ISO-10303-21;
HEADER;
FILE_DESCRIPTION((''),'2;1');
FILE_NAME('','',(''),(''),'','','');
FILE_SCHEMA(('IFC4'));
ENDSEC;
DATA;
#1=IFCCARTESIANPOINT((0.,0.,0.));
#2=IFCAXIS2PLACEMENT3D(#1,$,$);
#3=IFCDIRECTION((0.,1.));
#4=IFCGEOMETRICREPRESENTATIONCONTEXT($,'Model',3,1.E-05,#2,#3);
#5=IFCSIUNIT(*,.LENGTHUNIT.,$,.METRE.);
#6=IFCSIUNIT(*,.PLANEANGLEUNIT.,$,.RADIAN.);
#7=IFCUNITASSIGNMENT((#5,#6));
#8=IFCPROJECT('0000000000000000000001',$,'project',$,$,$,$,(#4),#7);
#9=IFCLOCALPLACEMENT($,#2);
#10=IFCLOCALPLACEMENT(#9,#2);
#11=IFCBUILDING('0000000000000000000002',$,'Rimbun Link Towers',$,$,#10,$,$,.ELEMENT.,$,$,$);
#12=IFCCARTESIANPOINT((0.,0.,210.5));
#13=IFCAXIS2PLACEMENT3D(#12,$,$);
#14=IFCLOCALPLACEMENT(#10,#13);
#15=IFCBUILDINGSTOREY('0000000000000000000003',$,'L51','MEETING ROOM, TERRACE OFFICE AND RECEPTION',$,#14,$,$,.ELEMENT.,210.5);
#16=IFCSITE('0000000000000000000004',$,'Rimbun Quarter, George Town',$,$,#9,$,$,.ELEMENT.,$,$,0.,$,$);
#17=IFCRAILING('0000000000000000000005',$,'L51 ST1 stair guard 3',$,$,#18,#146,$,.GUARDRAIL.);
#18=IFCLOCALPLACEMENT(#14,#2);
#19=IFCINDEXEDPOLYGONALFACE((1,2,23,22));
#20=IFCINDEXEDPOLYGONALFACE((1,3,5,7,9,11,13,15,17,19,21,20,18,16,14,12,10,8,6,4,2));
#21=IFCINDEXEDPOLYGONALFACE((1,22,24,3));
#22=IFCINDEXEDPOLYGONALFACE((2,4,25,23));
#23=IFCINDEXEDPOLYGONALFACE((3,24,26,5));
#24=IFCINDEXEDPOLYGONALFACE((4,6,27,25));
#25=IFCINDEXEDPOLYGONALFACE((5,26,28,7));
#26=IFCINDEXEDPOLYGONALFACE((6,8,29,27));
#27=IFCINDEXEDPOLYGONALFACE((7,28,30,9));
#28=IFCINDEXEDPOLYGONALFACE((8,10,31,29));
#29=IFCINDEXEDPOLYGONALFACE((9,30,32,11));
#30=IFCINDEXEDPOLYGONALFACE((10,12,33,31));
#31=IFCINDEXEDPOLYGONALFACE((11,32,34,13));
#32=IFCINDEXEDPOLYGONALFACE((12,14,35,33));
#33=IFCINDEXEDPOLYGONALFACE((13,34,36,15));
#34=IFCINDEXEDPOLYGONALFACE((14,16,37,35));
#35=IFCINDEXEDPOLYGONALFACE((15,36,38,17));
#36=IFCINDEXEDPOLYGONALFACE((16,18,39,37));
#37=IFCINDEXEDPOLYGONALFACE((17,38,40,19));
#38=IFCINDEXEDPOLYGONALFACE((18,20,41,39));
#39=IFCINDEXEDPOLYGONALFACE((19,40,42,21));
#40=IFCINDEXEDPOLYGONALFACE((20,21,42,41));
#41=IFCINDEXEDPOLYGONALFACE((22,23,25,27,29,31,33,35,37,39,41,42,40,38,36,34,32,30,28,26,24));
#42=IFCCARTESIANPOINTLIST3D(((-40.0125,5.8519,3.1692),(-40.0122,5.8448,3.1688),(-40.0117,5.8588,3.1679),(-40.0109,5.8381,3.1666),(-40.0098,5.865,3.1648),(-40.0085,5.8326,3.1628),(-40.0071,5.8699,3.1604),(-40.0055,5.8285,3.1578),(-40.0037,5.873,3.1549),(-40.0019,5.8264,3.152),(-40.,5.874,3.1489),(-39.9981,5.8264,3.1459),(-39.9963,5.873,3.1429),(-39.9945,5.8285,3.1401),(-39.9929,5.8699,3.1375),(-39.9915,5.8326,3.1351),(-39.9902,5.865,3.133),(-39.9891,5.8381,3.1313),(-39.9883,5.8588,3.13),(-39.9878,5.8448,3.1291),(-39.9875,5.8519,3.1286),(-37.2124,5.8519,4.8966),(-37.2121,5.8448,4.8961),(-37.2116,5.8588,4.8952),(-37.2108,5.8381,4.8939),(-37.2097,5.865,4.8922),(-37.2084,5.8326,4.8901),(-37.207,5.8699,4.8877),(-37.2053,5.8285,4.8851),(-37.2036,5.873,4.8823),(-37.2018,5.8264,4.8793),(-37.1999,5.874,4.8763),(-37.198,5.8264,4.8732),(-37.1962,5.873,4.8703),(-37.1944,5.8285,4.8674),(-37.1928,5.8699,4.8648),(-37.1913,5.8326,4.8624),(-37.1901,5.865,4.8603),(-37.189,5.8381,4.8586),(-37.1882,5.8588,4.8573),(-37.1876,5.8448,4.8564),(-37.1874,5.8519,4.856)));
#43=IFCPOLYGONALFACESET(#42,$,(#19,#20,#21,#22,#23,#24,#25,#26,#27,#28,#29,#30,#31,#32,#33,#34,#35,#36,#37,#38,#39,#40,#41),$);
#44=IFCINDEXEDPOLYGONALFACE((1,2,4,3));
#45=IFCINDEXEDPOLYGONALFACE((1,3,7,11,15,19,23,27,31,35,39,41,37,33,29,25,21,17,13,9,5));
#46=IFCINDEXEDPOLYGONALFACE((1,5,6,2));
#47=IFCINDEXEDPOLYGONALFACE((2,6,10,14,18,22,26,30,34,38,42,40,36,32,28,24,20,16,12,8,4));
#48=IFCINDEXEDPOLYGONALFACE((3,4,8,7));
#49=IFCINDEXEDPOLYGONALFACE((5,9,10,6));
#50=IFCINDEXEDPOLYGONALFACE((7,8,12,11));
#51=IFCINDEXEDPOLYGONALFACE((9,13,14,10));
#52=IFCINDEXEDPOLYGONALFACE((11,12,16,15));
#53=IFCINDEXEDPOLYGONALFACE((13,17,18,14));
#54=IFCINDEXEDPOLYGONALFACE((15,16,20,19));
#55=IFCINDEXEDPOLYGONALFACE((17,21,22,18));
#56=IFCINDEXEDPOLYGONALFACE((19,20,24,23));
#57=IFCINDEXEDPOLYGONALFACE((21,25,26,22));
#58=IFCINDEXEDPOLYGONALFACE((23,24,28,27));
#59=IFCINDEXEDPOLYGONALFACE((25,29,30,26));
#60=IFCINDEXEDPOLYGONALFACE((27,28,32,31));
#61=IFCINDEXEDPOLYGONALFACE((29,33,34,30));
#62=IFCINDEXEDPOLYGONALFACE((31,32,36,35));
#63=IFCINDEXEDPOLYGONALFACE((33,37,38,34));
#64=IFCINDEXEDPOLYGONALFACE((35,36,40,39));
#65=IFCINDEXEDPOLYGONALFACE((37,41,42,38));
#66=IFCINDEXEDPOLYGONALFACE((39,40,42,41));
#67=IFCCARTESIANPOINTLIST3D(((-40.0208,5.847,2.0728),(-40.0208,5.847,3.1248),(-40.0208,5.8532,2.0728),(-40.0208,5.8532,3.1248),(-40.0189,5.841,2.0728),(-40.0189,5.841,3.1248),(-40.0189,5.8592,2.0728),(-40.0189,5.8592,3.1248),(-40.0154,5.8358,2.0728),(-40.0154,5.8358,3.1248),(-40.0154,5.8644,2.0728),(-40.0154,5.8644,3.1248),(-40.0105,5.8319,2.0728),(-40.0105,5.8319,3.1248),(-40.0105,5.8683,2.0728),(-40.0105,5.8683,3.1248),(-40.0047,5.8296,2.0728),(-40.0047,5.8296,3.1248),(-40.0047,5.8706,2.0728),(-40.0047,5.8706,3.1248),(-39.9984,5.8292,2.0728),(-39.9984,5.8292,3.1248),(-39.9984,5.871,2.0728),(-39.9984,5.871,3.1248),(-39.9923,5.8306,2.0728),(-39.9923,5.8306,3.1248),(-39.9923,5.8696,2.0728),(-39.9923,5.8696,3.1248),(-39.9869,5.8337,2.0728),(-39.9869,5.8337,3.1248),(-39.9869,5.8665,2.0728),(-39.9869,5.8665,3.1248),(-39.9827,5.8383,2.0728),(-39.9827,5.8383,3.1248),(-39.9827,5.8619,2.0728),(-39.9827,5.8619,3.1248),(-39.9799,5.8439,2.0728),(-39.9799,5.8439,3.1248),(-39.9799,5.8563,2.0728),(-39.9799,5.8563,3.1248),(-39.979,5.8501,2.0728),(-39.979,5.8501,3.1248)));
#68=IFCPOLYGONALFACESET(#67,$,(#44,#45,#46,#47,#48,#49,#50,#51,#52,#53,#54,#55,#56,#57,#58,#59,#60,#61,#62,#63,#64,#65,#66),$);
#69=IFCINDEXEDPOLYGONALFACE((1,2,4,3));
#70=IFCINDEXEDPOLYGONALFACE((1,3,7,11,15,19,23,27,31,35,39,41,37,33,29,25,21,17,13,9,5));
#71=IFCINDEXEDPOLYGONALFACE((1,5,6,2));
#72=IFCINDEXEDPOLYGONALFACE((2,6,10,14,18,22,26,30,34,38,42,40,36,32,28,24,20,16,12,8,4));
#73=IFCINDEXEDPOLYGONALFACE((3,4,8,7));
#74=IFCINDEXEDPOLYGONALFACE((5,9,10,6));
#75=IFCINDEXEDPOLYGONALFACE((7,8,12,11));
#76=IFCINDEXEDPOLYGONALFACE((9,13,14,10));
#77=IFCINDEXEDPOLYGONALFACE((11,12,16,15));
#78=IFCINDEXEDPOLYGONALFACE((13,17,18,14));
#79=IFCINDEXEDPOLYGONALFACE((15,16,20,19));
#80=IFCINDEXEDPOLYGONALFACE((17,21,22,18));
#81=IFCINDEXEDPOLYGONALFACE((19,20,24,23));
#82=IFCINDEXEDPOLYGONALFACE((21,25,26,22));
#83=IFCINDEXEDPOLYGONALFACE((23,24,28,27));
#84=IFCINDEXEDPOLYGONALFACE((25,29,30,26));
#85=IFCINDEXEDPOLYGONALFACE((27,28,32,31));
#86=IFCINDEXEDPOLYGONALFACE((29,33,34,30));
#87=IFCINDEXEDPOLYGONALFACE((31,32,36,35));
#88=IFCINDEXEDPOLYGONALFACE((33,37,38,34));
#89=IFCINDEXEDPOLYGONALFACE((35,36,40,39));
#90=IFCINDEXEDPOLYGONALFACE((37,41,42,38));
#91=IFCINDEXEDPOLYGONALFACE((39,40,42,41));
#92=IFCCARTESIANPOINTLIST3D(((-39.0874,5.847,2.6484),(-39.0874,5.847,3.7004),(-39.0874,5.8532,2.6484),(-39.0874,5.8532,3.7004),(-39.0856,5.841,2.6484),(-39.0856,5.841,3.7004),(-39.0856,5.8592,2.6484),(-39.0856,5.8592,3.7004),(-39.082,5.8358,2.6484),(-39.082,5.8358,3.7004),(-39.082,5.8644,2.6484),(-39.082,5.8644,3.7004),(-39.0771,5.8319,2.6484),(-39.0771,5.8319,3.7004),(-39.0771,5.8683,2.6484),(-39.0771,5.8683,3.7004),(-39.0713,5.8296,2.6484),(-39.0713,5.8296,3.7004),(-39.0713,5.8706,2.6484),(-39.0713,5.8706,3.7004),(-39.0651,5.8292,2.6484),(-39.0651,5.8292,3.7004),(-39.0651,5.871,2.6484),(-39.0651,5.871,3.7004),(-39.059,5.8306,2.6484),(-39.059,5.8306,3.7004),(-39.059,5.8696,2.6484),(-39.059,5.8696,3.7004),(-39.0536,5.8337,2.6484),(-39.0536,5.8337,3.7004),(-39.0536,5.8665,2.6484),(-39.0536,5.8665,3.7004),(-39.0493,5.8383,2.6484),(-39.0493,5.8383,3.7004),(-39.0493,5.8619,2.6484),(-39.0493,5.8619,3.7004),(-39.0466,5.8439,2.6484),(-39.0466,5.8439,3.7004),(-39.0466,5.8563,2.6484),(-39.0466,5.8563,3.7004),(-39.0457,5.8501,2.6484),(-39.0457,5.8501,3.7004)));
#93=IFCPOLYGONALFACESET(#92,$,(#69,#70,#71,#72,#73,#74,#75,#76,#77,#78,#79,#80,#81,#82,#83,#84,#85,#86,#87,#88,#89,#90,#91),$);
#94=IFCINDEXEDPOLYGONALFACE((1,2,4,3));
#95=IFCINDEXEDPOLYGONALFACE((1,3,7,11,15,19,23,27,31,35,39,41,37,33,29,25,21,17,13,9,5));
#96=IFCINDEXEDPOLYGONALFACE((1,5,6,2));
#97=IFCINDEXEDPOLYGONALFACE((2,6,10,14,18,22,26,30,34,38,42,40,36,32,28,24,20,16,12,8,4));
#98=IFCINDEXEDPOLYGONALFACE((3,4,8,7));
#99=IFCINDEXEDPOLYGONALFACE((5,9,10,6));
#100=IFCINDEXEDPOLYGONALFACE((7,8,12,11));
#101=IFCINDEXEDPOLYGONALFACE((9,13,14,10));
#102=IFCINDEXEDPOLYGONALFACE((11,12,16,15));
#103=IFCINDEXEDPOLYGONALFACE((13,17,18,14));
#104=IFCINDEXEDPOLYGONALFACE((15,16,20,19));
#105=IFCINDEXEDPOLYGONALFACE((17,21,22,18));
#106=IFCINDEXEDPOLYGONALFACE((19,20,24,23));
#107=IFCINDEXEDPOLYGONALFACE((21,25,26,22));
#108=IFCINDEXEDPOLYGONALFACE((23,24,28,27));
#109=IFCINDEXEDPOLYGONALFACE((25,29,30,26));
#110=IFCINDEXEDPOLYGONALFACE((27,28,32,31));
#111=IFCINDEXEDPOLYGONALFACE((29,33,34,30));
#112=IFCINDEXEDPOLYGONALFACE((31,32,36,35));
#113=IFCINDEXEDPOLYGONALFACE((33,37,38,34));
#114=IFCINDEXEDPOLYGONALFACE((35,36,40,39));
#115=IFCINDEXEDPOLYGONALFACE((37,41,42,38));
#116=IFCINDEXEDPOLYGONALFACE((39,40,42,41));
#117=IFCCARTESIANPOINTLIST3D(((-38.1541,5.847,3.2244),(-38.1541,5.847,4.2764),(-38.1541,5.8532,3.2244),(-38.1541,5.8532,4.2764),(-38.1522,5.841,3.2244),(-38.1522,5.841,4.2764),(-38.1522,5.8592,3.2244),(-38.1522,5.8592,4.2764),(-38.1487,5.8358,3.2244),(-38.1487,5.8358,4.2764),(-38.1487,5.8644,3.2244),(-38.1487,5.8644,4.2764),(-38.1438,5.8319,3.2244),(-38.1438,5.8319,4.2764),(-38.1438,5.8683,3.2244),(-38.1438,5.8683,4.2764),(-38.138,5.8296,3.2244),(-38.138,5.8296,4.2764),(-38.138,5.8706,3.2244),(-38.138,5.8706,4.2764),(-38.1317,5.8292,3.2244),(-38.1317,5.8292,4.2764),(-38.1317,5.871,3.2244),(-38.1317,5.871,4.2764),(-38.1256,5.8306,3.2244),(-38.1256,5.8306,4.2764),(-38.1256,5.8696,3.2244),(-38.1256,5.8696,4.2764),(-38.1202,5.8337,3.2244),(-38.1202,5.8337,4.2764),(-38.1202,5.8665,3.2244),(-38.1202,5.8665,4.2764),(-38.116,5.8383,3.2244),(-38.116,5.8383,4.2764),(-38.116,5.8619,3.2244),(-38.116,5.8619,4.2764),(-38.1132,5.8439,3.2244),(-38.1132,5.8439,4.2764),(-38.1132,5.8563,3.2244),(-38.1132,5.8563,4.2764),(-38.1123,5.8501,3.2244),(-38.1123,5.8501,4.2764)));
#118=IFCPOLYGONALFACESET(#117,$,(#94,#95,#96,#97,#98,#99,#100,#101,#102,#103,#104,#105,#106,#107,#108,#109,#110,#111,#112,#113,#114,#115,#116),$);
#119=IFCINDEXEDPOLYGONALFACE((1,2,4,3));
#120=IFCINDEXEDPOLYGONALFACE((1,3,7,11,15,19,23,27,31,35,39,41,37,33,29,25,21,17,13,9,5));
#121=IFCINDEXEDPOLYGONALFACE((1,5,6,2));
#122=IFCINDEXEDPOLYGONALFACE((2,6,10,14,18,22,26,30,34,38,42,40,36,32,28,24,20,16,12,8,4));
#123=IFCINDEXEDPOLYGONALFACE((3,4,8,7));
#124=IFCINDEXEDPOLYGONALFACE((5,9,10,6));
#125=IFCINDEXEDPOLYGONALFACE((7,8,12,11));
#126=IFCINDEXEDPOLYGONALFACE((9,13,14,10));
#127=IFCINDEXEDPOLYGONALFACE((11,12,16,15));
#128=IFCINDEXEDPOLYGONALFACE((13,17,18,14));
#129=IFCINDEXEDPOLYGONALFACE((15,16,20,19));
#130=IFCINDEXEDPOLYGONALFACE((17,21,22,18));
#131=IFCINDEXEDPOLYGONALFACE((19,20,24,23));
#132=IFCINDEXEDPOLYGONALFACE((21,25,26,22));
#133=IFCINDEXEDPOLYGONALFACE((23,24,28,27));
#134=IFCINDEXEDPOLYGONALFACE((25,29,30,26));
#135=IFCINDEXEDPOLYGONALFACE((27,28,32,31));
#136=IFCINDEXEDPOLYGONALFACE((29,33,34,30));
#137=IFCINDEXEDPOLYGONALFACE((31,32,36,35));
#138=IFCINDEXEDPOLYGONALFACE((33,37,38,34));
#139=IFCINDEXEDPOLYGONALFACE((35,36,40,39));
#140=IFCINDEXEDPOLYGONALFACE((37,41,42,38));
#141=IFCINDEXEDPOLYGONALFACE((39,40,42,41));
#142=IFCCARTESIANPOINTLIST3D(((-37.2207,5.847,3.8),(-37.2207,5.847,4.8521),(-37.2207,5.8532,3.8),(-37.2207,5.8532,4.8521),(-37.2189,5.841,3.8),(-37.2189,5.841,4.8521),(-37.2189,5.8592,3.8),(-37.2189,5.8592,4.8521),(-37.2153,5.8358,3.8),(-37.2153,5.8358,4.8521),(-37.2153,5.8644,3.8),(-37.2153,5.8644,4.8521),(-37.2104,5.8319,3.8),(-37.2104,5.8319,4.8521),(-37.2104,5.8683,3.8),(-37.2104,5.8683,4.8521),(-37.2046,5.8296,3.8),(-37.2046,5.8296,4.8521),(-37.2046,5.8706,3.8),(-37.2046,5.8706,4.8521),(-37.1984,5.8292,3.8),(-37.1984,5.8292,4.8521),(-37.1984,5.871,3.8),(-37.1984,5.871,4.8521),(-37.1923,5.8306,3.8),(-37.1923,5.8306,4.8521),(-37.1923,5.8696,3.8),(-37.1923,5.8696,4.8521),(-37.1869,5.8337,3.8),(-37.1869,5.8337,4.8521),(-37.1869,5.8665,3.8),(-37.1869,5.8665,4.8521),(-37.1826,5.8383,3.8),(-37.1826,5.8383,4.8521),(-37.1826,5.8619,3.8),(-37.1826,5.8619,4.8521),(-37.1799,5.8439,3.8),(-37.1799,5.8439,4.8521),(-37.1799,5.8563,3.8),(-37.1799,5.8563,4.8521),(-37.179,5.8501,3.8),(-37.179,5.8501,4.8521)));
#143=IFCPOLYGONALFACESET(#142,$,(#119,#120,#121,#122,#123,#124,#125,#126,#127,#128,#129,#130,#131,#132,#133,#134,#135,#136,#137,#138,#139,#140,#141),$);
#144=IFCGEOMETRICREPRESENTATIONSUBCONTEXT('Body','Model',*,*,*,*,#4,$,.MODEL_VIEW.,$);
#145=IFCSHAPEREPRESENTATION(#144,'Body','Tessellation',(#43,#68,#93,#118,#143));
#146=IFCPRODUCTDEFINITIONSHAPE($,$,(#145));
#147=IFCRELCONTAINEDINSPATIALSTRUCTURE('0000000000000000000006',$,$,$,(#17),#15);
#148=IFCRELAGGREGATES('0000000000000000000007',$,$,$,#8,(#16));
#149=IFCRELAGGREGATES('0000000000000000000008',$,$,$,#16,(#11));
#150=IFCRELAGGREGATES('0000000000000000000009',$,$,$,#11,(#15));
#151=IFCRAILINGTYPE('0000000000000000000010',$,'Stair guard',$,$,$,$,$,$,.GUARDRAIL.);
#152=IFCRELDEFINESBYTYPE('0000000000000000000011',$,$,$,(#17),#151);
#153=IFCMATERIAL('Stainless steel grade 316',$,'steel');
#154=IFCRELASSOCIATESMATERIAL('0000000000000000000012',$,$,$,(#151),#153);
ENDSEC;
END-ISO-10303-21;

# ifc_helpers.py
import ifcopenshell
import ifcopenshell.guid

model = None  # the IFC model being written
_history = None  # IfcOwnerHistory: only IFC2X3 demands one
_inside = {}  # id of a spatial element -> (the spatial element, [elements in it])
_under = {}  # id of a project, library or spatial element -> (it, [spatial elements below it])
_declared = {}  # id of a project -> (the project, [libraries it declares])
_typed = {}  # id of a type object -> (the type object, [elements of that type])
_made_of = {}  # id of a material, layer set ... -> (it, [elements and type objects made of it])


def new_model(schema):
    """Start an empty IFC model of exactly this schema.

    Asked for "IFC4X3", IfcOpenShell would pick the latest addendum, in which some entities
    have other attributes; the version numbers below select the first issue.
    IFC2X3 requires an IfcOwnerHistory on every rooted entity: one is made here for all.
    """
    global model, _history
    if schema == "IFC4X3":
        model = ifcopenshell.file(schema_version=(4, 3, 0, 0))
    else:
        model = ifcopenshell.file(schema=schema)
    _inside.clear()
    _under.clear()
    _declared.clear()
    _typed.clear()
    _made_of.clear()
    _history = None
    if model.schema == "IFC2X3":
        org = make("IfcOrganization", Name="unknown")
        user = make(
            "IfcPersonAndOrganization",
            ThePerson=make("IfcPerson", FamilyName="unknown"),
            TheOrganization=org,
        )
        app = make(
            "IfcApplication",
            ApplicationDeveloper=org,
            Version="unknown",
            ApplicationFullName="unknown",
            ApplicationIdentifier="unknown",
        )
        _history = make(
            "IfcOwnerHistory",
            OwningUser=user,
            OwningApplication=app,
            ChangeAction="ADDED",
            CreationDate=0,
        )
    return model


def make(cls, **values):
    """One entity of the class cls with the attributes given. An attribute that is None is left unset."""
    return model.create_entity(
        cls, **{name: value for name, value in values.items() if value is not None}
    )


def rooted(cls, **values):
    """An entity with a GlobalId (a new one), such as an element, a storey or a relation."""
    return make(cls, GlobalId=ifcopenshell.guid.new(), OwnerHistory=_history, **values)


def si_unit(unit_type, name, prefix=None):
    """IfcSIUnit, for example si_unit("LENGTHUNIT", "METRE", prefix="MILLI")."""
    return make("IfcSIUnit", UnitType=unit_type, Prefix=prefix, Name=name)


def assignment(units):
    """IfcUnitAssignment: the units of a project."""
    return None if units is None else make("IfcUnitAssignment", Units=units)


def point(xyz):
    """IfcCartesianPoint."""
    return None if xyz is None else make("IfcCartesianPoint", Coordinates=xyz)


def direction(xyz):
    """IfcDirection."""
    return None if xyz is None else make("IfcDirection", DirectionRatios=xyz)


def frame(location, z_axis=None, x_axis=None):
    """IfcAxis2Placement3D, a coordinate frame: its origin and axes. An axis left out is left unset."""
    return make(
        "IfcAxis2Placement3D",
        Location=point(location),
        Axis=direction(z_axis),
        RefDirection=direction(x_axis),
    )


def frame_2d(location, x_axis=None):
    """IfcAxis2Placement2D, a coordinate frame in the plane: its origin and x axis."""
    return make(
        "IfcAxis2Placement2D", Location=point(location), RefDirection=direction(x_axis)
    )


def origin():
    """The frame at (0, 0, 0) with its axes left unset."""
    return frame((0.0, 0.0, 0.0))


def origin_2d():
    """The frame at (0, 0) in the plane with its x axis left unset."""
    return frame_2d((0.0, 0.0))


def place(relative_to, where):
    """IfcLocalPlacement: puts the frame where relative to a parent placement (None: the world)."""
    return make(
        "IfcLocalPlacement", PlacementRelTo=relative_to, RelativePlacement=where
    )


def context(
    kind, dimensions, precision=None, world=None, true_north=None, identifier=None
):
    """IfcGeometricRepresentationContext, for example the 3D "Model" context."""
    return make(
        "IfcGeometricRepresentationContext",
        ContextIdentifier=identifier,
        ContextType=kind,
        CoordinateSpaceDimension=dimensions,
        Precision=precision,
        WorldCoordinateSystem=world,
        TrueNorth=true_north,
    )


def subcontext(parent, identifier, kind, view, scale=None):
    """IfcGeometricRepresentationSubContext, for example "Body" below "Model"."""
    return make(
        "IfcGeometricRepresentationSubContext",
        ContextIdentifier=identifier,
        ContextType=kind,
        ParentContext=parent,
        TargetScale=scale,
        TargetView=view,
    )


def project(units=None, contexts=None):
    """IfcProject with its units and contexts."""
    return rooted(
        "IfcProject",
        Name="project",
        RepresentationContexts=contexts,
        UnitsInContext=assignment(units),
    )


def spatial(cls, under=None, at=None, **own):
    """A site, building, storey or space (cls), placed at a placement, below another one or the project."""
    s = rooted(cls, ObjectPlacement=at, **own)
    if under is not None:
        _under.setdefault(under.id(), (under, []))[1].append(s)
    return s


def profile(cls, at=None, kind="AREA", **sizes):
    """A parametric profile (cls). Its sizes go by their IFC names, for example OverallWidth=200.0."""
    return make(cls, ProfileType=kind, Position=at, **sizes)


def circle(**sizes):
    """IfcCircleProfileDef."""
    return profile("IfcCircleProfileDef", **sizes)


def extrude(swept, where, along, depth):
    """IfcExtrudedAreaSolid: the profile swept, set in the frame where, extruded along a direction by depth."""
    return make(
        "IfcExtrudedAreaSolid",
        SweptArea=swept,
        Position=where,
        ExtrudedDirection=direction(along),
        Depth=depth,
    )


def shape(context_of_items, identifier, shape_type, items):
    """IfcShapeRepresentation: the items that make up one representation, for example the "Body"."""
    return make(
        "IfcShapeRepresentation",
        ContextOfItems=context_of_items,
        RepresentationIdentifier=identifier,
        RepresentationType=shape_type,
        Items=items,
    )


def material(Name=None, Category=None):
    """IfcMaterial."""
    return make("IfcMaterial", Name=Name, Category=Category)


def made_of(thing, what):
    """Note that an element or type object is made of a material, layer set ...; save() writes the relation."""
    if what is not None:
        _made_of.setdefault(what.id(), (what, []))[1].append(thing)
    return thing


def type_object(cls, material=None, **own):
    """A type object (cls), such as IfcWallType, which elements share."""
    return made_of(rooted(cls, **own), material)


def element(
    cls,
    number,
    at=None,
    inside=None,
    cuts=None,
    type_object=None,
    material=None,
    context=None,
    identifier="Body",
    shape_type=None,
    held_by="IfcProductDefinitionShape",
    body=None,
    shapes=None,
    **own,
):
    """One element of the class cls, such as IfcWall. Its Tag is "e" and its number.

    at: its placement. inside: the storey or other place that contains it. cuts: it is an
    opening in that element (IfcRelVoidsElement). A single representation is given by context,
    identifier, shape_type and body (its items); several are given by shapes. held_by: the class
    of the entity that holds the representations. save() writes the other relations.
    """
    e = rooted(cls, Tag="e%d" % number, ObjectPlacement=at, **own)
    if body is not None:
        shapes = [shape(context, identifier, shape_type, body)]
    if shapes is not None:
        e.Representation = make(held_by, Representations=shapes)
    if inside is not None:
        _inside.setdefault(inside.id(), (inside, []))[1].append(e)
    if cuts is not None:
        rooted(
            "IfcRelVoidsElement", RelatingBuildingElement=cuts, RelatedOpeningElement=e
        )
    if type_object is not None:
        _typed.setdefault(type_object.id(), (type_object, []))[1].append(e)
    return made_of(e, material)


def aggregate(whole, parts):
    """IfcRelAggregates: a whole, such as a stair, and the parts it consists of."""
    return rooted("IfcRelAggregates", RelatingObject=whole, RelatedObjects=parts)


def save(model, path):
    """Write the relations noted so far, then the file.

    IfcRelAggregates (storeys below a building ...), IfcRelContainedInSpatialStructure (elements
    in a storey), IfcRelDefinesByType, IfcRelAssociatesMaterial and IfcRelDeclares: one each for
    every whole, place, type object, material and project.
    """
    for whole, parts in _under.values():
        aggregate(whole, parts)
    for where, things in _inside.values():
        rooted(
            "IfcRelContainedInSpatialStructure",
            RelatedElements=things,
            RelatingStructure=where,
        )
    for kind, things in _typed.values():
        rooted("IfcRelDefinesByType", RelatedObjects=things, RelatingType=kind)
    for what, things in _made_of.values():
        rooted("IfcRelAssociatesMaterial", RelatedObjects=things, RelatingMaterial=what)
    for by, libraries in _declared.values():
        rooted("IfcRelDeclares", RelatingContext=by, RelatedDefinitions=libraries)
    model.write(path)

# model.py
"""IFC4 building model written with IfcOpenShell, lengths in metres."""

from ifc_helpers import new_model, si_unit, direction, frame, origin, origin_2d, place, context, subcontext, project, spatial, circle, extrude, material, type_object, element, save


model = new_model("IFC4")

# Units and contexts
model_context = context("Model", 3, precision=1e-05, world=origin(), true_north=direction((0.0, 1.0)))
body_context = subcontext(model_context, "Body", "Model", "MODEL_VIEW")
ifc_project = project(units=[si_unit("LENGTHUNIT", "METRE"), si_unit("PLANEANGLEUNIT", "RADIAN")], contexts=[model_context])

# Site, building, storey
site_placement = place(None, origin())
site = spatial("IfcSite", under=ifc_project, at=site_placement, Name="Rimbun Quarter, George Town", CompositionType="ELEMENT", RefElevation=0.0)
building_placement = place(site_placement, origin())
building = spatial("IfcBuilding", under=site, at=building_placement, Name="Rimbun Link Towers", CompositionType="ELEMENT")
storey_placement = place(building_placement, frame((0.0, 0.0, 210.5)))
storey = spatial("IfcBuildingStorey", under=building, at=storey_placement, Name="L51", Description="MEETING ROOM, TERRACE OFFICE AND RECEPTION", CompositionType="ELEMENT", Elevation=210.5)

# Railing
ifc_material_1 = material(Name="Stainless steel grade 316", Category="steel")
railing_type_1 = type_object("IfcRailingType", Name="Stair guard", PredefinedType="GUARDRAIL", material=ifc_material_1)
railing_1_placement = place(storey_placement, frame((-40.0, 5.8501, 2.0728)))
element("IfcRailing", 1, at=railing_1_placement, inside=storey, type_object=railing_type_1, Name="L51 ST1 stair guard 3", PredefinedType="GUARDRAIL", context=body_context, shape_type="SweptSolid", body=[
    extrude(circle(Radius=0.0239, at=origin_2d()), frame((0.0, 0.0, 1.0762), z_axis=(0.85109, 0.0, 0.52502), x_axis=(0.0, 1.0, 0.0)), (0.0, 0.0, 1.0), 3.29),
    extrude(circle(Radius=0.021, at=origin_2d()), origin(), (0.0, 0.0, 1.0), 1.052),
    extrude(circle(Radius=0.021, at=origin_2d()), frame((0.9333, 0.0, 0.5757)), (0.0, 0.0, 1.0), 1.052),
    extrude(circle(Radius=0.021, at=origin_2d()), frame((1.8667, 0.0, 1.1516)), (0.0, 0.0, 1.0), 1.052),
    extrude(circle(Radius=0.021, at=origin_2d()), frame((2.8, 0.0, 1.7273)), (0.0, 0.0, 1.0), 1.052),
])

save(model, "model.ifc")
